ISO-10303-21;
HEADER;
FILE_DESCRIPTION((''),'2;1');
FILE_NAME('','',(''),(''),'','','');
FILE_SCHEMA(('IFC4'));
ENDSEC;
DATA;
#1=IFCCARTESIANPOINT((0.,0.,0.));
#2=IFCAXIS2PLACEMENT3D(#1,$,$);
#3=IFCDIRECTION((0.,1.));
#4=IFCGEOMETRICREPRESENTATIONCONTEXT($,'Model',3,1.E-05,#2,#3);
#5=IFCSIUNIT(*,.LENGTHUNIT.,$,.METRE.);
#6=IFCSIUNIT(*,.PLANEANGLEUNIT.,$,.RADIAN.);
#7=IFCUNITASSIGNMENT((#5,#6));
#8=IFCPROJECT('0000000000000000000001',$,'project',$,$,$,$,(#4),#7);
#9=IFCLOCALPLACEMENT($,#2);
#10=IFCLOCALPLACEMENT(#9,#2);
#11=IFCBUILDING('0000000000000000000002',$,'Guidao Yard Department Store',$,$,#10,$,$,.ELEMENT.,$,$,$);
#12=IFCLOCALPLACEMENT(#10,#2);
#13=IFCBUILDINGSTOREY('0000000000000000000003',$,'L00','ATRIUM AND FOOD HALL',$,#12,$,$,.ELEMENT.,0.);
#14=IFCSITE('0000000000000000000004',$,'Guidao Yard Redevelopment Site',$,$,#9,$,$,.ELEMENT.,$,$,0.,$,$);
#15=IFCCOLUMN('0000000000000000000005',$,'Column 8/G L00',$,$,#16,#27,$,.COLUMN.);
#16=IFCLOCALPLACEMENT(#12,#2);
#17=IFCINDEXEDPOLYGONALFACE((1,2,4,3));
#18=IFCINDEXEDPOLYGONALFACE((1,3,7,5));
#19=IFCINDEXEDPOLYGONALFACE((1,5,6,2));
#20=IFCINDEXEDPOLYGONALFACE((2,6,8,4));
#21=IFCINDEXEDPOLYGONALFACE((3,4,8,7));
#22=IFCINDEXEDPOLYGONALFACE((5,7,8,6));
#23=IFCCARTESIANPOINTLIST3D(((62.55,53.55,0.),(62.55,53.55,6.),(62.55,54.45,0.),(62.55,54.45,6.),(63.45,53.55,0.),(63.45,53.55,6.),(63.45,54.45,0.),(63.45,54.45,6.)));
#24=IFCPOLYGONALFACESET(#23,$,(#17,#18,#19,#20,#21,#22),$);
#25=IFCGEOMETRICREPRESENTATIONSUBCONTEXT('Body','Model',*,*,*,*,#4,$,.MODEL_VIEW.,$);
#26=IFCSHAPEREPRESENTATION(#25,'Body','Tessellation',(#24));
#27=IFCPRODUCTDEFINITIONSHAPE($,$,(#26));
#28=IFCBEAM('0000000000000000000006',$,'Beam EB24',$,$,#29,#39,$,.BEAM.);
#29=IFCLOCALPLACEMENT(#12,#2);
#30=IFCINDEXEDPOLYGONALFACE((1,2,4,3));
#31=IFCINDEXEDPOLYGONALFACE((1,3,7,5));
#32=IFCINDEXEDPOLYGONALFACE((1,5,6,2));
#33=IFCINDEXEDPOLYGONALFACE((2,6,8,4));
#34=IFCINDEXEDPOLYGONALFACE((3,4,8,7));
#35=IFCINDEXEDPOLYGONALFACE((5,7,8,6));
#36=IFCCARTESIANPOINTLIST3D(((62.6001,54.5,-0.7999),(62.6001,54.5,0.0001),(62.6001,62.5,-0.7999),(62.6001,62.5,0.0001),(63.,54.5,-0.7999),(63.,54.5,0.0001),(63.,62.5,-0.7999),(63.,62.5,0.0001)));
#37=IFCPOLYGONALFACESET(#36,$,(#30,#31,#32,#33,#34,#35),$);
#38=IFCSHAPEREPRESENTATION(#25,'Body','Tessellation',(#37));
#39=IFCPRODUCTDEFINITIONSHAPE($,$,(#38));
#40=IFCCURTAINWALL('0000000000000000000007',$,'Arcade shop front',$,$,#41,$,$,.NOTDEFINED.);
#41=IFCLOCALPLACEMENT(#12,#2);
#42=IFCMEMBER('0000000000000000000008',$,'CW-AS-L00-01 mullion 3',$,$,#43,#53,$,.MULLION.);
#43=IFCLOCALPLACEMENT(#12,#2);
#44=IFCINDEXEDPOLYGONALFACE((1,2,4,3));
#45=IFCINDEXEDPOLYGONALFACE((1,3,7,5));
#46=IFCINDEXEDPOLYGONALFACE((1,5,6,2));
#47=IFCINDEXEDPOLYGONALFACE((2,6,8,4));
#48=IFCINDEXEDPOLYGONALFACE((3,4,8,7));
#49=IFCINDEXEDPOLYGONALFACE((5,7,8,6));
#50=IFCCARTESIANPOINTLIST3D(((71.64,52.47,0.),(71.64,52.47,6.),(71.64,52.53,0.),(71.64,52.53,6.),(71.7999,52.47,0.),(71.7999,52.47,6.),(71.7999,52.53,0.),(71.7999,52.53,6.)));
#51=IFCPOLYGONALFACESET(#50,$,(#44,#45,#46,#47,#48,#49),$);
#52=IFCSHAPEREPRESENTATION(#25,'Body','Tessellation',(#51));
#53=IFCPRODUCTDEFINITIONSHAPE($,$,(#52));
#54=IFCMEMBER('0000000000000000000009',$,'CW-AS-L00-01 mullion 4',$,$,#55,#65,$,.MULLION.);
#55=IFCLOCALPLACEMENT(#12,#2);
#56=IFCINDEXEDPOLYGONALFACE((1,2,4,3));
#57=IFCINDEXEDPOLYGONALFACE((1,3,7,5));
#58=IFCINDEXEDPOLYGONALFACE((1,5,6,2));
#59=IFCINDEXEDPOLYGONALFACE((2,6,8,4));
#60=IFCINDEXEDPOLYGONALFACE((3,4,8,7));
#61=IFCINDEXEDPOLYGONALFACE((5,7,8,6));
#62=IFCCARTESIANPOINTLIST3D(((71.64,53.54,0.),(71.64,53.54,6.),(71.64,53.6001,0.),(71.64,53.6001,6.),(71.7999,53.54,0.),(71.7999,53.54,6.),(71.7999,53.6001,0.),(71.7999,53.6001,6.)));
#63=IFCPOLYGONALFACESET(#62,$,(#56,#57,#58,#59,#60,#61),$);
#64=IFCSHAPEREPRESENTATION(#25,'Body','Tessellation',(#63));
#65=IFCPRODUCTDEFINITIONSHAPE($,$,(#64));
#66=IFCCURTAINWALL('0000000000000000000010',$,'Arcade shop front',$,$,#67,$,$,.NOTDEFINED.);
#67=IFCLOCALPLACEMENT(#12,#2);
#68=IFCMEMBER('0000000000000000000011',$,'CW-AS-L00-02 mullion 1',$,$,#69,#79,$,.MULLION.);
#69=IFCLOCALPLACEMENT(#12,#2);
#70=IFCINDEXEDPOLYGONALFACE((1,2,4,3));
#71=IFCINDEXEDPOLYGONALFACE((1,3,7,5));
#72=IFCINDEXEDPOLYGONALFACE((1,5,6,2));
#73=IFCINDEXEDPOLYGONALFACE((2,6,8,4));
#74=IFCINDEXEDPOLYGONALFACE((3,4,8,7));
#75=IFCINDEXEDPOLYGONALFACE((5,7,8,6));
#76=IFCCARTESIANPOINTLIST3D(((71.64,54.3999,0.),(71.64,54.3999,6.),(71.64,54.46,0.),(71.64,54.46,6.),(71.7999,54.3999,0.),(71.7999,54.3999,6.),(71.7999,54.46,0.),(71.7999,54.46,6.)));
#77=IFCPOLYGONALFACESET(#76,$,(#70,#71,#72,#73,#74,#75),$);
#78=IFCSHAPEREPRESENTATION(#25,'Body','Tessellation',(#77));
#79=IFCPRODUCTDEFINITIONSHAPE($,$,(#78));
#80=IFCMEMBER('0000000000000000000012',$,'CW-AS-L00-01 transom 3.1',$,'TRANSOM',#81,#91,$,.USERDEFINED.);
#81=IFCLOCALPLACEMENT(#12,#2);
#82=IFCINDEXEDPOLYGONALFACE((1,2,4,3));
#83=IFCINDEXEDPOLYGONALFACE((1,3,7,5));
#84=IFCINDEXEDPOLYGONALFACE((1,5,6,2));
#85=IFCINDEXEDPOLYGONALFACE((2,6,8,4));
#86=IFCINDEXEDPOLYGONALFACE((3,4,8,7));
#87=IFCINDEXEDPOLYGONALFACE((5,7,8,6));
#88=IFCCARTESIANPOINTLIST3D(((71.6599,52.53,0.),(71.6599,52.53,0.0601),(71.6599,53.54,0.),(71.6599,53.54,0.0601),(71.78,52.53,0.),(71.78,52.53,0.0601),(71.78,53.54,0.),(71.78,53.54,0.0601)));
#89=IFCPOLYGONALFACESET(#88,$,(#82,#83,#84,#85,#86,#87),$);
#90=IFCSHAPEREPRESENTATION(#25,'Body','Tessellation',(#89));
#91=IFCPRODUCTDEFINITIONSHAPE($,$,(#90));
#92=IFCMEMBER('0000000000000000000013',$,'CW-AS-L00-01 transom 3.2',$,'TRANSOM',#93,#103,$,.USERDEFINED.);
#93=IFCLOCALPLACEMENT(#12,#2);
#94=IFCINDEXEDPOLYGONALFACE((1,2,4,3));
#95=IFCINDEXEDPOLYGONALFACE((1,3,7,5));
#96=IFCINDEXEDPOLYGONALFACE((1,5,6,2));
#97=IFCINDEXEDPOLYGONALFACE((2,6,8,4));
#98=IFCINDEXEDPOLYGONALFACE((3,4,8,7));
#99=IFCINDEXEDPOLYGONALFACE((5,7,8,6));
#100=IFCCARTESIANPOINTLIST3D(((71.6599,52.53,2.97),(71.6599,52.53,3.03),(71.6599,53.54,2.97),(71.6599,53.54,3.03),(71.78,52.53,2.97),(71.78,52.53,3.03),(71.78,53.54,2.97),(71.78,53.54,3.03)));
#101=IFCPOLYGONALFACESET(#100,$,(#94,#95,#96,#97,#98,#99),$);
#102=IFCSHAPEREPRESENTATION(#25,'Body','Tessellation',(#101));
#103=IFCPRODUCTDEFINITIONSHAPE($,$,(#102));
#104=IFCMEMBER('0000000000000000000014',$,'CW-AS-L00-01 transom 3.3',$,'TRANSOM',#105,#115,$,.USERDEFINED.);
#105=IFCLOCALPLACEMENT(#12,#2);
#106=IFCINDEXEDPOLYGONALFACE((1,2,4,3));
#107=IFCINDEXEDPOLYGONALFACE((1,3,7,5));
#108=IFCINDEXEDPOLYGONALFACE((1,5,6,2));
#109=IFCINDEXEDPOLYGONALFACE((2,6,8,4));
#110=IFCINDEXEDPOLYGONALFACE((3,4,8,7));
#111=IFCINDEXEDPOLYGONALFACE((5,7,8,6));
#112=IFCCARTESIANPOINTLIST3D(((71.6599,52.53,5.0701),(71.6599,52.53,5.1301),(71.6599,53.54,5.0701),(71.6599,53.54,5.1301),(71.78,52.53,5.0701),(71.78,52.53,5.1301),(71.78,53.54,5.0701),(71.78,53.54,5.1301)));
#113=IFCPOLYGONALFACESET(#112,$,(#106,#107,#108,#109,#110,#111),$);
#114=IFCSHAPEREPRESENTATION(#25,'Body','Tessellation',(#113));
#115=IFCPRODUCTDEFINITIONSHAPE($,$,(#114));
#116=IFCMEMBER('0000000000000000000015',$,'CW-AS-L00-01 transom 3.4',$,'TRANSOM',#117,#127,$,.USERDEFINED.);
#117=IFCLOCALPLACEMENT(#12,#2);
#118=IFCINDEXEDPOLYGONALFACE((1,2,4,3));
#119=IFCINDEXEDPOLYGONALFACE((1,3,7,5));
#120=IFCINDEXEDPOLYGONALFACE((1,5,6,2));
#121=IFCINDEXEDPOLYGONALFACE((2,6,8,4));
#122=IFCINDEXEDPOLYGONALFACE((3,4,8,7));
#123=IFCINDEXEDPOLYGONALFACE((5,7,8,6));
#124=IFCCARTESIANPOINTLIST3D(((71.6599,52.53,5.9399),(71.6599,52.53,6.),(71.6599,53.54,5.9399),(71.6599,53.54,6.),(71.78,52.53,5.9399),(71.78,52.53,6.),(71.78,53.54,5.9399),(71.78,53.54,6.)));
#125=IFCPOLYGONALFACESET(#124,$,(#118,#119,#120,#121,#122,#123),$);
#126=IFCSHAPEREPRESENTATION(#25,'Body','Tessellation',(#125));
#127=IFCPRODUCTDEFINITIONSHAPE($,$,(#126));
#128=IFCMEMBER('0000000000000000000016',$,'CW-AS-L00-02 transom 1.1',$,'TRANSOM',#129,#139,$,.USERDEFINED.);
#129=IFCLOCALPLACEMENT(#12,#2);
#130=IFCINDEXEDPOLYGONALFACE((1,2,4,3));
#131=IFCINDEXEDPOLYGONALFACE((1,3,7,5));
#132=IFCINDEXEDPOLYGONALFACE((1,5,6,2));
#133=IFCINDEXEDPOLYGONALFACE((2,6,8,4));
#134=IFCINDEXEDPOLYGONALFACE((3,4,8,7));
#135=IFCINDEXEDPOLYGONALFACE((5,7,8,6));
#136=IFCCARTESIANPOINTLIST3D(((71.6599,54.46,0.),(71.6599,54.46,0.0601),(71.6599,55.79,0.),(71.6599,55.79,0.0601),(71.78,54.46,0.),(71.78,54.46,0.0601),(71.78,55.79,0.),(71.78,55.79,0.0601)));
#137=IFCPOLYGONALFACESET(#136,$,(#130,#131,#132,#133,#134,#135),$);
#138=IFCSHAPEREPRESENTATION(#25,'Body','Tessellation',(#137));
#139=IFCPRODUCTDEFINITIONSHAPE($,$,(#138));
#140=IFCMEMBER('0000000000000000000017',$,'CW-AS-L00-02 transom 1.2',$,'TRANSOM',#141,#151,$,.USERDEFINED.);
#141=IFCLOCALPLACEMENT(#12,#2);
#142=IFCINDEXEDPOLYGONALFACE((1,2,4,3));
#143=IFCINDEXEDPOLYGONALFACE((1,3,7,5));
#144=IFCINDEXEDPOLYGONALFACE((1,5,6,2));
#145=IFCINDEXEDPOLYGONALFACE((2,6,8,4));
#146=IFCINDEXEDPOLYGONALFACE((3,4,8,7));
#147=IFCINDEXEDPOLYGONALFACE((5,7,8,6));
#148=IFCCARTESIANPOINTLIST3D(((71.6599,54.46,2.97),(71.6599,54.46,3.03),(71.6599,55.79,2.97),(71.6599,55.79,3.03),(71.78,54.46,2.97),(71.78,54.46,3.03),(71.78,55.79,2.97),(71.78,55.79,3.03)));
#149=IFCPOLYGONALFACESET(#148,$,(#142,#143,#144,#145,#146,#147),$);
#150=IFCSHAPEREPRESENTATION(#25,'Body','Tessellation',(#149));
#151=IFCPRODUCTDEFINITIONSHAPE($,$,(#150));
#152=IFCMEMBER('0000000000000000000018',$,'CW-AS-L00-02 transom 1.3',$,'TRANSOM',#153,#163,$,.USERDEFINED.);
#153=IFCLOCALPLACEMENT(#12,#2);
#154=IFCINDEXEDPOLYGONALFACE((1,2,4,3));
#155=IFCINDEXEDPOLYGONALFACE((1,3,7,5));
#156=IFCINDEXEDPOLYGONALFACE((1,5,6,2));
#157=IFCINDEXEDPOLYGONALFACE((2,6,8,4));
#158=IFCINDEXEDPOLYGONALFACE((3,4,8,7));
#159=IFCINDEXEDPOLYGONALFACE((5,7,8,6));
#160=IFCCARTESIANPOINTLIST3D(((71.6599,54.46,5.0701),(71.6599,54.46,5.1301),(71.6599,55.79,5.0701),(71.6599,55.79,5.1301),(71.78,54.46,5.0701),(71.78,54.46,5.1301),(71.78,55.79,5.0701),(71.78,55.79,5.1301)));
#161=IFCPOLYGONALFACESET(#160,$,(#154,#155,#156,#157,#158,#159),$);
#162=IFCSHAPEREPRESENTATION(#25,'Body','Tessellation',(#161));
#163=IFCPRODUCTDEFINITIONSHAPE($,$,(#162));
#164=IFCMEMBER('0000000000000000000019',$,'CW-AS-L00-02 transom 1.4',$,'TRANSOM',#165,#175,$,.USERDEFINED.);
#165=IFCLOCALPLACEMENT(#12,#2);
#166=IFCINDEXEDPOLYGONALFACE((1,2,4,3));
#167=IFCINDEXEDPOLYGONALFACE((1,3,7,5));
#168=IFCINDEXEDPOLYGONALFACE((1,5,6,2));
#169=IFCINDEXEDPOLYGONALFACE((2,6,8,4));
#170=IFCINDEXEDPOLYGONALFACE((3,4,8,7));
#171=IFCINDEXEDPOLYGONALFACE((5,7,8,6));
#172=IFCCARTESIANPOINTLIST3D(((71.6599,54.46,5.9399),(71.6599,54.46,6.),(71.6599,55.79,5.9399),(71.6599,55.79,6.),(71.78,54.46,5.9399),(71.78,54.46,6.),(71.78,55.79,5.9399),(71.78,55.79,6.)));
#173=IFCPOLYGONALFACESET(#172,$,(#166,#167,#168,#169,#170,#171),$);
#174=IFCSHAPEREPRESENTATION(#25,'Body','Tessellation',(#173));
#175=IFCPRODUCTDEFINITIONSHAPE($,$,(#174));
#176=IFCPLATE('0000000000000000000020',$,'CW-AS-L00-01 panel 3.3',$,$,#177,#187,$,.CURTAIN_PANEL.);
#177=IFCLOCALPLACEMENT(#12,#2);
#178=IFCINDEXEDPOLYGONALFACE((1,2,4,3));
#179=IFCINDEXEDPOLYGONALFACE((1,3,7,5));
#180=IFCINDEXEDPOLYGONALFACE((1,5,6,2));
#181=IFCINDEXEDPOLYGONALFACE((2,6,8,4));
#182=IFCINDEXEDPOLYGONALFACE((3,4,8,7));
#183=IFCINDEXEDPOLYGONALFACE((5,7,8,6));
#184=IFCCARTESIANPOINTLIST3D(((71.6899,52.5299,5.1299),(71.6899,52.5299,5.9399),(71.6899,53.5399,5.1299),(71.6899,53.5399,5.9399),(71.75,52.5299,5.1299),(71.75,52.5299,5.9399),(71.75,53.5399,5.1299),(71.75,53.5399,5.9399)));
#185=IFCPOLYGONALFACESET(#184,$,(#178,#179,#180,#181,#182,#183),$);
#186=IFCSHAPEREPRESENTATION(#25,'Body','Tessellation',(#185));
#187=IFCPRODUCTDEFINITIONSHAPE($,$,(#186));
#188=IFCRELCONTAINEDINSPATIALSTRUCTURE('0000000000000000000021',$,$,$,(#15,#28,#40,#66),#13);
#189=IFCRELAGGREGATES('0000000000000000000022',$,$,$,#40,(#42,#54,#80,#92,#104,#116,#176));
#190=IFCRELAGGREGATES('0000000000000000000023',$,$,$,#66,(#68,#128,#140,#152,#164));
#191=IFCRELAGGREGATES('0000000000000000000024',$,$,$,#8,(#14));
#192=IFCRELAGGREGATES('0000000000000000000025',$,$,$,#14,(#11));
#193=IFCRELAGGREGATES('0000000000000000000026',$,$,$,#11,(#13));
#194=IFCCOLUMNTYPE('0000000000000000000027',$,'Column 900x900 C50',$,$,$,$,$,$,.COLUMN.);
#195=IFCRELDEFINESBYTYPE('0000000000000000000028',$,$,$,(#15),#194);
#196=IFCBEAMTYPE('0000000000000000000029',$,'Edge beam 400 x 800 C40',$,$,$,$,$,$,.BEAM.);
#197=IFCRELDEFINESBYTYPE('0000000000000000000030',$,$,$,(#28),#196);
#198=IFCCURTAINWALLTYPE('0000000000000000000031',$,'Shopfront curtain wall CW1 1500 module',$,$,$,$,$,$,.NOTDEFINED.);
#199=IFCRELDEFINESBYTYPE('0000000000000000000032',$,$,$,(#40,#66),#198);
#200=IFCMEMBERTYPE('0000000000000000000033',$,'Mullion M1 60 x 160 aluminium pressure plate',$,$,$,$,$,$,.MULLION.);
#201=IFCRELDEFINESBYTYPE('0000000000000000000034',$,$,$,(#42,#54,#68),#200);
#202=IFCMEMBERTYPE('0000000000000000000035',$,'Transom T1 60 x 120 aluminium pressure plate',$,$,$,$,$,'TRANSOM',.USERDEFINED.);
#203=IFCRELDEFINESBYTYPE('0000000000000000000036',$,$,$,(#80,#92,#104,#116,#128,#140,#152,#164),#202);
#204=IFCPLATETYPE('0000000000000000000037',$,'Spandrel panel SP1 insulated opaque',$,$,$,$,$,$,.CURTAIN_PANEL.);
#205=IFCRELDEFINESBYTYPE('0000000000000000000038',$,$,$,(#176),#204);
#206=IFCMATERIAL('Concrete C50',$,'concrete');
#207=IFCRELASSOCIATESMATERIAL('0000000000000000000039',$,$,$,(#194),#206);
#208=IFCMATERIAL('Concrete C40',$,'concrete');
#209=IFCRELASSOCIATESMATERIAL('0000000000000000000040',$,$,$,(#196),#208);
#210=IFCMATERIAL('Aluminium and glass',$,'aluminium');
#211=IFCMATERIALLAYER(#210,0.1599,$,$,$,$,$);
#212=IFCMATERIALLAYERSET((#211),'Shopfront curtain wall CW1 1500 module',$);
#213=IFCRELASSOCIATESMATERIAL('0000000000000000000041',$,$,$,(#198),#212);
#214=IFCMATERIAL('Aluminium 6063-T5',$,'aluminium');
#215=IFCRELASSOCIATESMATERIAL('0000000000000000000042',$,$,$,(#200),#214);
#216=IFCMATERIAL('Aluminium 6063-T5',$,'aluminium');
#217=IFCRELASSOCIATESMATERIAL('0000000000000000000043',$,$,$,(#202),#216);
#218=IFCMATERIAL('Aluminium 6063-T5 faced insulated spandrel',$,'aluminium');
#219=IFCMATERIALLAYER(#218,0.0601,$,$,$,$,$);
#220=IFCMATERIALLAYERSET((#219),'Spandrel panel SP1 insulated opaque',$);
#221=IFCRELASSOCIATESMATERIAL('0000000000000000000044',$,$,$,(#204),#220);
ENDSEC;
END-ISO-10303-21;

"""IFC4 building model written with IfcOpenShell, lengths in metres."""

from ifc_helpers import new_model, si_unit, direction, frame, origin, origin_2d, place, context, subcontext, project, spatial, rectangle, extrude, material, layer, layer_set, material_profile, profile_set, type_object, element, aggregate, save


model = new_model("IFC4")

# Units and contexts
model_context = context("Model", 3, precision=1e-05, world=origin(), true_north=direction((0.0, 1.0)))
body_context = subcontext(model_context, "Body", "Model", "MODEL_VIEW")
ifc_project = project(units=[si_unit("LENGTHUNIT", "METRE"), si_unit("PLANEANGLEUNIT", "RADIAN")], contexts=[model_context])

# Site, building, storey
site_placement = place(None, origin())
site = spatial("IfcSite", under=ifc_project, at=site_placement, Name="Guidao Yard Redevelopment Site", CompositionType="ELEMENT", RefElevation=0.0)
building_placement = place(site_placement, origin())
building = spatial("IfcBuilding", under=site, at=building_placement, Name="Guidao Yard Department Store", CompositionType="ELEMENT")
storey_placement = place(building_placement, origin())
storey = spatial("IfcBuildingStorey", under=building, at=storey_placement, Name="L00", Description="ATRIUM AND FOOD HALL", CompositionType="ELEMENT", Elevation=0.0)

# Column
ifc_material_1 = material(Name="Concrete C50", Category="concrete")
ifc_material_profile_1 = material_profile(ifc_material_1, rectangle(XDim=0.8999, YDim=0.8999, at=origin_2d()), Name="COL 900x900")
ifc_profile_set_1 = profile_set([ifc_material_profile_1], Name="Concrete C50")
column_type = type_object("IfcColumnType", Name="Column 900x900 C50", PredefinedType="COLUMN", material=ifc_profile_set_1)
column_placement = place(storey_placement, frame((63.0, 54.0, 0.0), z_axis=(0.0, 0.0, 1.0), x_axis=(1.0, 0.0, 0.0)))
element("IfcColumn", 1, at=column_placement, inside=storey, type_object=column_type, Name="Column 8/G L00", PredefinedType="COLUMN", context=body_context, shape_type="SweptSolid", body=[
    extrude(rectangle(XDim=0.8999, YDim=0.8999, at=origin_2d()), origin(), (0.0, 0.0, 1.0), 6.0),
])

# Beam
ifc_material_2 = material(Name="Concrete C40", Category="concrete")
ifc_material_profile_2 = material_profile(ifc_material_2, rectangle(XDim=0.3999, YDim=0.8, at=origin_2d()), Name="Edge beam 400 x 800 C40")
ifc_profile_set_2 = profile_set([ifc_material_profile_2], Name="Concrete C40")
beam_type = type_object("IfcBeamType", Name="Edge beam 400 x 800 C40", PredefinedType="BEAM", material=ifc_profile_set_2)
beam_placement = place(storey_placement, frame((62.8, 54.5, -0.3999), z_axis=(0.0, 1.0, 0.0), x_axis=(-1.0, 0.0, 0.0)))
element("IfcBeam", 2, at=beam_placement, inside=storey, type_object=beam_type, Name="Beam EB24", PredefinedType="BEAM", context=body_context, shape_type="SweptSolid", body=[
    extrude(rectangle(XDim=0.3999, YDim=0.8, at=origin_2d()), origin(), (0.0, 0.0, 1.0), 8.0),
])

# Curtain wall, members
ifc_material_3 = material(Name="Aluminium and glass", Category="aluminium")
ifc_layer_1 = layer(ifc_material_3, 0.1599)
ifc_layer_set_1 = layer_set([ifc_layer_1], Name="Shopfront curtain wall CW1 1500 module")
curtain_wall_type = type_object("IfcCurtainWallType", Name="Shopfront curtain wall CW1 1500 module", PredefinedType="NOTDEFINED", material=ifc_layer_set_1)
curtain_wall_1_placement = place(storey_placement, origin())
curtain_wall_1 = element("IfcCurtainWall", 3, at=curtain_wall_1_placement, inside=storey, type_object=curtain_wall_type, Name="Arcade shop front", PredefinedType="NOTDEFINED")
ifc_material_4 = material(Name="Aluminium 6063-T5", Category="aluminium")
ifc_material_profile_3 = material_profile(ifc_material_4, rectangle(XDim=0.0601, YDim=0.1599, at=origin_2d()), Name="Mullion M1 60 x 160 aluminium pressure plate")
ifc_profile_set_3 = profile_set([ifc_material_profile_3], Name="Aluminium 6063-T5")
member_type_1 = type_object("IfcMemberType", Name="Mullion M1 60 x 160 aluminium pressure plate", PredefinedType="MULLION", material=ifc_profile_set_3)
member_1_placement = place(storey_placement, frame((71.72, 52.5, 0.0), z_axis=(0.0, 0.0, 1.0), x_axis=(0.0, 1.0, 0.0)))
member_1 = element("IfcMember", 4, at=member_1_placement, type_object=member_type_1, Name="CW-AS-L00-01 mullion 3", PredefinedType="MULLION", context=body_context, shape_type="SweptSolid", body=[
    extrude(rectangle(XDim=0.0601, YDim=0.1599, at=origin_2d()), origin(), (0.0, 0.0, 1.0), 6.0),
])
member_2_placement = place(storey_placement, frame((71.72, 53.5701, 0.0), z_axis=(0.0, 0.0, 1.0), x_axis=(0.0, 1.0, 0.0)))
member_2 = element("IfcMember", 5, at=member_2_placement, type_object=member_type_1, Name="CW-AS-L00-01 mullion 4", PredefinedType="MULLION", context=body_context, shape_type="SweptSolid", body=[
    extrude(rectangle(XDim=0.0601, YDim=0.1599, at=origin_2d()), origin(), (0.0, 0.0, 1.0), 6.0),
])

# Curtain wall, member
curtain_wall_2_placement = place(storey_placement, origin())
curtain_wall_2 = element("IfcCurtainWall", 6, at=curtain_wall_2_placement, inside=storey, type_object=curtain_wall_type, Name="Arcade shop front", PredefinedType="NOTDEFINED")
member_3_placement = place(storey_placement, frame((71.72, 54.4299, 0.0), z_axis=(0.0, 0.0, 1.0), x_axis=(0.0, 1.0, 0.0)))
member_3 = element("IfcMember", 7, at=member_3_placement, type_object=member_type_1, Name="CW-AS-L00-02 mullion 1", PredefinedType="MULLION", context=body_context, shape_type="SweptSolid", body=[
    extrude(rectangle(XDim=0.0601, YDim=0.1599, at=origin_2d()), origin(), (0.0, 0.0, 1.0), 6.0),
])

# Members
ifc_material_5 = material(Name="Aluminium 6063-T5", Category="aluminium")
ifc_material_profile_4 = material_profile(ifc_material_5, rectangle(XDim=0.1201, YDim=0.0601, at=origin_2d()), Name="Transom T1 60 x 120 aluminium pressure plate")
ifc_profile_set_4 = profile_set([ifc_material_profile_4], Name="Aluminium 6063-T5")
member_type_2 = type_object("IfcMemberType", Name="Transom T1 60 x 120 aluminium pressure plate", ElementType="TRANSOM", PredefinedType="USERDEFINED", material=ifc_profile_set_4)
member_4_placement = place(storey_placement, frame((71.72, 52.53, 0.03), z_axis=(0.0, 1.0, 0.0), x_axis=(-1.0, 0.0, 0.0)))
member_4 = element("IfcMember", 8, at=member_4_placement, type_object=member_type_2, Name="CW-AS-L00-01 transom 3.1", ObjectType="TRANSOM", PredefinedType="USERDEFINED", context=body_context, shape_type="SweptSolid", body=[
    extrude(rectangle(XDim=0.1201, YDim=0.0601, at=origin_2d()), origin(), (0.0, 0.0, 1.0), 1.01),
])
member_5_placement = place(storey_placement, frame((71.72, 52.53, 3.0), z_axis=(0.0, 1.0, 0.0), x_axis=(-1.0, 0.0, 0.0)))
member_5 = element("IfcMember", 9, at=member_5_placement, type_object=member_type_2, Name="CW-AS-L00-01 transom 3.2", ObjectType="TRANSOM", PredefinedType="USERDEFINED", context=body_context, shape_type="SweptSolid", body=[
    extrude(rectangle(XDim=0.1201, YDim=0.0601, at=origin_2d()), origin(), (0.0, 0.0, 1.0), 1.01),
])
member_6_placement = place(storey_placement, frame((71.72, 52.53, 5.1001), z_axis=(0.0, 1.0, 0.0), x_axis=(-1.0, 0.0, 0.0)))
member_6 = element("IfcMember", 10, at=member_6_placement, type_object=member_type_2, Name="CW-AS-L00-01 transom 3.3", ObjectType="TRANSOM", PredefinedType="USERDEFINED", context=body_context, shape_type="SweptSolid", body=[
    extrude(rectangle(XDim=0.1201, YDim=0.0601, at=origin_2d()), origin(), (0.0, 0.0, 1.0), 1.01),
])
member_7_placement = place(storey_placement, frame((71.72, 52.53, 5.97), z_axis=(0.0, 1.0, 0.0), x_axis=(-1.0, 0.0, 0.0)))
member_7 = element("IfcMember", 11, at=member_7_placement, type_object=member_type_2, Name="CW-AS-L00-01 transom 3.4", ObjectType="TRANSOM", PredefinedType="USERDEFINED", context=body_context, shape_type="SweptSolid", body=[
    extrude(rectangle(XDim=0.1201, YDim=0.0601, at=origin_2d()), origin(), (0.0, 0.0, 1.0), 1.01),
])
member_8_placement = place(storey_placement, frame((71.72, 54.46, 0.03), z_axis=(0.0, 1.0, 0.0), x_axis=(-1.0, 0.0, 0.0)))
member_8 = element("IfcMember", 12, at=member_8_placement, type_object=member_type_2, Name="CW-AS-L00-02 transom 1.1", ObjectType="TRANSOM", PredefinedType="USERDEFINED", context=body_context, shape_type="SweptSolid", body=[
    extrude(rectangle(XDim=0.1201, YDim=0.0601, at=origin_2d()), origin(), (0.0, 0.0, 1.0), 1.3301),
])
member_9_placement = place(storey_placement, frame((71.72, 54.46, 3.0), z_axis=(0.0, 1.0, 0.0), x_axis=(-1.0, 0.0, 0.0)))
member_9 = element("IfcMember", 13, at=member_9_placement, type_object=member_type_2, Name="CW-AS-L00-02 transom 1.2", ObjectType="TRANSOM", PredefinedType="USERDEFINED", context=body_context, shape_type="SweptSolid", body=[
    extrude(rectangle(XDim=0.1201, YDim=0.0601, at=origin_2d()), origin(), (0.0, 0.0, 1.0), 1.3301),
])
member_10_placement = place(storey_placement, frame((71.72, 54.46, 5.1001), z_axis=(0.0, 1.0, 0.0), x_axis=(-1.0, 0.0, 0.0)))
member_10 = element("IfcMember", 14, at=member_10_placement, type_object=member_type_2, Name="CW-AS-L00-02 transom 1.3", ObjectType="TRANSOM", PredefinedType="USERDEFINED", context=body_context, shape_type="SweptSolid", body=[
    extrude(rectangle(XDim=0.1201, YDim=0.0601, at=origin_2d()), origin(), (0.0, 0.0, 1.0), 1.3301),
])
member_11_placement = place(storey_placement, frame((71.72, 54.46, 5.97), z_axis=(0.0, 1.0, 0.0), x_axis=(-1.0, 0.0, 0.0)))
member_11 = element("IfcMember", 15, at=member_11_placement, type_object=member_type_2, Name="CW-AS-L00-02 transom 1.4", ObjectType="TRANSOM", PredefinedType="USERDEFINED", context=body_context, shape_type="SweptSolid", body=[
    extrude(rectangle(XDim=0.1201, YDim=0.0601, at=origin_2d()), origin(), (0.0, 0.0, 1.0), 1.3301),
])

# Plate
ifc_material_6 = material(Name="Aluminium 6063-T5 faced insulated spandrel", Category="aluminium")
ifc_layer_2 = layer(ifc_material_6, 0.0601)
ifc_layer_set_2 = layer_set([ifc_layer_2], Name="Spandrel panel SP1 insulated opaque")
plate_type_1 = type_object("IfcPlateType", Name="Spandrel panel SP1 insulated opaque", PredefinedType="CURTAIN_PANEL", material=ifc_layer_set_2)
plate_1_placement = place(storey_placement, frame((71.72, 53.0349, 5.1299), z_axis=(0.0, 0.0, 1.0), x_axis=(0.0, 1.0, 0.0)))
plate_1 = element("IfcPlate", 16, at=plate_1_placement, type_object=plate_type_1, Name="CW-AS-L00-01 panel 3.3", PredefinedType="CURTAIN_PANEL", context=body_context, shape_type="SweptSolid", body=[
    extrude(rectangle(XDim=1.01, YDim=0.0601, at=origin_2d()), origin(), (0.0, 0.0, 1.0), 0.8101),
])
aggregate(curtain_wall_1, [member_1, member_2, member_4, member_5, member_6, member_7, plate_1])
aggregate(curtain_wall_2, [member_3, member_8, member_9, member_10, member_11])

save(model, "model.ifc")
